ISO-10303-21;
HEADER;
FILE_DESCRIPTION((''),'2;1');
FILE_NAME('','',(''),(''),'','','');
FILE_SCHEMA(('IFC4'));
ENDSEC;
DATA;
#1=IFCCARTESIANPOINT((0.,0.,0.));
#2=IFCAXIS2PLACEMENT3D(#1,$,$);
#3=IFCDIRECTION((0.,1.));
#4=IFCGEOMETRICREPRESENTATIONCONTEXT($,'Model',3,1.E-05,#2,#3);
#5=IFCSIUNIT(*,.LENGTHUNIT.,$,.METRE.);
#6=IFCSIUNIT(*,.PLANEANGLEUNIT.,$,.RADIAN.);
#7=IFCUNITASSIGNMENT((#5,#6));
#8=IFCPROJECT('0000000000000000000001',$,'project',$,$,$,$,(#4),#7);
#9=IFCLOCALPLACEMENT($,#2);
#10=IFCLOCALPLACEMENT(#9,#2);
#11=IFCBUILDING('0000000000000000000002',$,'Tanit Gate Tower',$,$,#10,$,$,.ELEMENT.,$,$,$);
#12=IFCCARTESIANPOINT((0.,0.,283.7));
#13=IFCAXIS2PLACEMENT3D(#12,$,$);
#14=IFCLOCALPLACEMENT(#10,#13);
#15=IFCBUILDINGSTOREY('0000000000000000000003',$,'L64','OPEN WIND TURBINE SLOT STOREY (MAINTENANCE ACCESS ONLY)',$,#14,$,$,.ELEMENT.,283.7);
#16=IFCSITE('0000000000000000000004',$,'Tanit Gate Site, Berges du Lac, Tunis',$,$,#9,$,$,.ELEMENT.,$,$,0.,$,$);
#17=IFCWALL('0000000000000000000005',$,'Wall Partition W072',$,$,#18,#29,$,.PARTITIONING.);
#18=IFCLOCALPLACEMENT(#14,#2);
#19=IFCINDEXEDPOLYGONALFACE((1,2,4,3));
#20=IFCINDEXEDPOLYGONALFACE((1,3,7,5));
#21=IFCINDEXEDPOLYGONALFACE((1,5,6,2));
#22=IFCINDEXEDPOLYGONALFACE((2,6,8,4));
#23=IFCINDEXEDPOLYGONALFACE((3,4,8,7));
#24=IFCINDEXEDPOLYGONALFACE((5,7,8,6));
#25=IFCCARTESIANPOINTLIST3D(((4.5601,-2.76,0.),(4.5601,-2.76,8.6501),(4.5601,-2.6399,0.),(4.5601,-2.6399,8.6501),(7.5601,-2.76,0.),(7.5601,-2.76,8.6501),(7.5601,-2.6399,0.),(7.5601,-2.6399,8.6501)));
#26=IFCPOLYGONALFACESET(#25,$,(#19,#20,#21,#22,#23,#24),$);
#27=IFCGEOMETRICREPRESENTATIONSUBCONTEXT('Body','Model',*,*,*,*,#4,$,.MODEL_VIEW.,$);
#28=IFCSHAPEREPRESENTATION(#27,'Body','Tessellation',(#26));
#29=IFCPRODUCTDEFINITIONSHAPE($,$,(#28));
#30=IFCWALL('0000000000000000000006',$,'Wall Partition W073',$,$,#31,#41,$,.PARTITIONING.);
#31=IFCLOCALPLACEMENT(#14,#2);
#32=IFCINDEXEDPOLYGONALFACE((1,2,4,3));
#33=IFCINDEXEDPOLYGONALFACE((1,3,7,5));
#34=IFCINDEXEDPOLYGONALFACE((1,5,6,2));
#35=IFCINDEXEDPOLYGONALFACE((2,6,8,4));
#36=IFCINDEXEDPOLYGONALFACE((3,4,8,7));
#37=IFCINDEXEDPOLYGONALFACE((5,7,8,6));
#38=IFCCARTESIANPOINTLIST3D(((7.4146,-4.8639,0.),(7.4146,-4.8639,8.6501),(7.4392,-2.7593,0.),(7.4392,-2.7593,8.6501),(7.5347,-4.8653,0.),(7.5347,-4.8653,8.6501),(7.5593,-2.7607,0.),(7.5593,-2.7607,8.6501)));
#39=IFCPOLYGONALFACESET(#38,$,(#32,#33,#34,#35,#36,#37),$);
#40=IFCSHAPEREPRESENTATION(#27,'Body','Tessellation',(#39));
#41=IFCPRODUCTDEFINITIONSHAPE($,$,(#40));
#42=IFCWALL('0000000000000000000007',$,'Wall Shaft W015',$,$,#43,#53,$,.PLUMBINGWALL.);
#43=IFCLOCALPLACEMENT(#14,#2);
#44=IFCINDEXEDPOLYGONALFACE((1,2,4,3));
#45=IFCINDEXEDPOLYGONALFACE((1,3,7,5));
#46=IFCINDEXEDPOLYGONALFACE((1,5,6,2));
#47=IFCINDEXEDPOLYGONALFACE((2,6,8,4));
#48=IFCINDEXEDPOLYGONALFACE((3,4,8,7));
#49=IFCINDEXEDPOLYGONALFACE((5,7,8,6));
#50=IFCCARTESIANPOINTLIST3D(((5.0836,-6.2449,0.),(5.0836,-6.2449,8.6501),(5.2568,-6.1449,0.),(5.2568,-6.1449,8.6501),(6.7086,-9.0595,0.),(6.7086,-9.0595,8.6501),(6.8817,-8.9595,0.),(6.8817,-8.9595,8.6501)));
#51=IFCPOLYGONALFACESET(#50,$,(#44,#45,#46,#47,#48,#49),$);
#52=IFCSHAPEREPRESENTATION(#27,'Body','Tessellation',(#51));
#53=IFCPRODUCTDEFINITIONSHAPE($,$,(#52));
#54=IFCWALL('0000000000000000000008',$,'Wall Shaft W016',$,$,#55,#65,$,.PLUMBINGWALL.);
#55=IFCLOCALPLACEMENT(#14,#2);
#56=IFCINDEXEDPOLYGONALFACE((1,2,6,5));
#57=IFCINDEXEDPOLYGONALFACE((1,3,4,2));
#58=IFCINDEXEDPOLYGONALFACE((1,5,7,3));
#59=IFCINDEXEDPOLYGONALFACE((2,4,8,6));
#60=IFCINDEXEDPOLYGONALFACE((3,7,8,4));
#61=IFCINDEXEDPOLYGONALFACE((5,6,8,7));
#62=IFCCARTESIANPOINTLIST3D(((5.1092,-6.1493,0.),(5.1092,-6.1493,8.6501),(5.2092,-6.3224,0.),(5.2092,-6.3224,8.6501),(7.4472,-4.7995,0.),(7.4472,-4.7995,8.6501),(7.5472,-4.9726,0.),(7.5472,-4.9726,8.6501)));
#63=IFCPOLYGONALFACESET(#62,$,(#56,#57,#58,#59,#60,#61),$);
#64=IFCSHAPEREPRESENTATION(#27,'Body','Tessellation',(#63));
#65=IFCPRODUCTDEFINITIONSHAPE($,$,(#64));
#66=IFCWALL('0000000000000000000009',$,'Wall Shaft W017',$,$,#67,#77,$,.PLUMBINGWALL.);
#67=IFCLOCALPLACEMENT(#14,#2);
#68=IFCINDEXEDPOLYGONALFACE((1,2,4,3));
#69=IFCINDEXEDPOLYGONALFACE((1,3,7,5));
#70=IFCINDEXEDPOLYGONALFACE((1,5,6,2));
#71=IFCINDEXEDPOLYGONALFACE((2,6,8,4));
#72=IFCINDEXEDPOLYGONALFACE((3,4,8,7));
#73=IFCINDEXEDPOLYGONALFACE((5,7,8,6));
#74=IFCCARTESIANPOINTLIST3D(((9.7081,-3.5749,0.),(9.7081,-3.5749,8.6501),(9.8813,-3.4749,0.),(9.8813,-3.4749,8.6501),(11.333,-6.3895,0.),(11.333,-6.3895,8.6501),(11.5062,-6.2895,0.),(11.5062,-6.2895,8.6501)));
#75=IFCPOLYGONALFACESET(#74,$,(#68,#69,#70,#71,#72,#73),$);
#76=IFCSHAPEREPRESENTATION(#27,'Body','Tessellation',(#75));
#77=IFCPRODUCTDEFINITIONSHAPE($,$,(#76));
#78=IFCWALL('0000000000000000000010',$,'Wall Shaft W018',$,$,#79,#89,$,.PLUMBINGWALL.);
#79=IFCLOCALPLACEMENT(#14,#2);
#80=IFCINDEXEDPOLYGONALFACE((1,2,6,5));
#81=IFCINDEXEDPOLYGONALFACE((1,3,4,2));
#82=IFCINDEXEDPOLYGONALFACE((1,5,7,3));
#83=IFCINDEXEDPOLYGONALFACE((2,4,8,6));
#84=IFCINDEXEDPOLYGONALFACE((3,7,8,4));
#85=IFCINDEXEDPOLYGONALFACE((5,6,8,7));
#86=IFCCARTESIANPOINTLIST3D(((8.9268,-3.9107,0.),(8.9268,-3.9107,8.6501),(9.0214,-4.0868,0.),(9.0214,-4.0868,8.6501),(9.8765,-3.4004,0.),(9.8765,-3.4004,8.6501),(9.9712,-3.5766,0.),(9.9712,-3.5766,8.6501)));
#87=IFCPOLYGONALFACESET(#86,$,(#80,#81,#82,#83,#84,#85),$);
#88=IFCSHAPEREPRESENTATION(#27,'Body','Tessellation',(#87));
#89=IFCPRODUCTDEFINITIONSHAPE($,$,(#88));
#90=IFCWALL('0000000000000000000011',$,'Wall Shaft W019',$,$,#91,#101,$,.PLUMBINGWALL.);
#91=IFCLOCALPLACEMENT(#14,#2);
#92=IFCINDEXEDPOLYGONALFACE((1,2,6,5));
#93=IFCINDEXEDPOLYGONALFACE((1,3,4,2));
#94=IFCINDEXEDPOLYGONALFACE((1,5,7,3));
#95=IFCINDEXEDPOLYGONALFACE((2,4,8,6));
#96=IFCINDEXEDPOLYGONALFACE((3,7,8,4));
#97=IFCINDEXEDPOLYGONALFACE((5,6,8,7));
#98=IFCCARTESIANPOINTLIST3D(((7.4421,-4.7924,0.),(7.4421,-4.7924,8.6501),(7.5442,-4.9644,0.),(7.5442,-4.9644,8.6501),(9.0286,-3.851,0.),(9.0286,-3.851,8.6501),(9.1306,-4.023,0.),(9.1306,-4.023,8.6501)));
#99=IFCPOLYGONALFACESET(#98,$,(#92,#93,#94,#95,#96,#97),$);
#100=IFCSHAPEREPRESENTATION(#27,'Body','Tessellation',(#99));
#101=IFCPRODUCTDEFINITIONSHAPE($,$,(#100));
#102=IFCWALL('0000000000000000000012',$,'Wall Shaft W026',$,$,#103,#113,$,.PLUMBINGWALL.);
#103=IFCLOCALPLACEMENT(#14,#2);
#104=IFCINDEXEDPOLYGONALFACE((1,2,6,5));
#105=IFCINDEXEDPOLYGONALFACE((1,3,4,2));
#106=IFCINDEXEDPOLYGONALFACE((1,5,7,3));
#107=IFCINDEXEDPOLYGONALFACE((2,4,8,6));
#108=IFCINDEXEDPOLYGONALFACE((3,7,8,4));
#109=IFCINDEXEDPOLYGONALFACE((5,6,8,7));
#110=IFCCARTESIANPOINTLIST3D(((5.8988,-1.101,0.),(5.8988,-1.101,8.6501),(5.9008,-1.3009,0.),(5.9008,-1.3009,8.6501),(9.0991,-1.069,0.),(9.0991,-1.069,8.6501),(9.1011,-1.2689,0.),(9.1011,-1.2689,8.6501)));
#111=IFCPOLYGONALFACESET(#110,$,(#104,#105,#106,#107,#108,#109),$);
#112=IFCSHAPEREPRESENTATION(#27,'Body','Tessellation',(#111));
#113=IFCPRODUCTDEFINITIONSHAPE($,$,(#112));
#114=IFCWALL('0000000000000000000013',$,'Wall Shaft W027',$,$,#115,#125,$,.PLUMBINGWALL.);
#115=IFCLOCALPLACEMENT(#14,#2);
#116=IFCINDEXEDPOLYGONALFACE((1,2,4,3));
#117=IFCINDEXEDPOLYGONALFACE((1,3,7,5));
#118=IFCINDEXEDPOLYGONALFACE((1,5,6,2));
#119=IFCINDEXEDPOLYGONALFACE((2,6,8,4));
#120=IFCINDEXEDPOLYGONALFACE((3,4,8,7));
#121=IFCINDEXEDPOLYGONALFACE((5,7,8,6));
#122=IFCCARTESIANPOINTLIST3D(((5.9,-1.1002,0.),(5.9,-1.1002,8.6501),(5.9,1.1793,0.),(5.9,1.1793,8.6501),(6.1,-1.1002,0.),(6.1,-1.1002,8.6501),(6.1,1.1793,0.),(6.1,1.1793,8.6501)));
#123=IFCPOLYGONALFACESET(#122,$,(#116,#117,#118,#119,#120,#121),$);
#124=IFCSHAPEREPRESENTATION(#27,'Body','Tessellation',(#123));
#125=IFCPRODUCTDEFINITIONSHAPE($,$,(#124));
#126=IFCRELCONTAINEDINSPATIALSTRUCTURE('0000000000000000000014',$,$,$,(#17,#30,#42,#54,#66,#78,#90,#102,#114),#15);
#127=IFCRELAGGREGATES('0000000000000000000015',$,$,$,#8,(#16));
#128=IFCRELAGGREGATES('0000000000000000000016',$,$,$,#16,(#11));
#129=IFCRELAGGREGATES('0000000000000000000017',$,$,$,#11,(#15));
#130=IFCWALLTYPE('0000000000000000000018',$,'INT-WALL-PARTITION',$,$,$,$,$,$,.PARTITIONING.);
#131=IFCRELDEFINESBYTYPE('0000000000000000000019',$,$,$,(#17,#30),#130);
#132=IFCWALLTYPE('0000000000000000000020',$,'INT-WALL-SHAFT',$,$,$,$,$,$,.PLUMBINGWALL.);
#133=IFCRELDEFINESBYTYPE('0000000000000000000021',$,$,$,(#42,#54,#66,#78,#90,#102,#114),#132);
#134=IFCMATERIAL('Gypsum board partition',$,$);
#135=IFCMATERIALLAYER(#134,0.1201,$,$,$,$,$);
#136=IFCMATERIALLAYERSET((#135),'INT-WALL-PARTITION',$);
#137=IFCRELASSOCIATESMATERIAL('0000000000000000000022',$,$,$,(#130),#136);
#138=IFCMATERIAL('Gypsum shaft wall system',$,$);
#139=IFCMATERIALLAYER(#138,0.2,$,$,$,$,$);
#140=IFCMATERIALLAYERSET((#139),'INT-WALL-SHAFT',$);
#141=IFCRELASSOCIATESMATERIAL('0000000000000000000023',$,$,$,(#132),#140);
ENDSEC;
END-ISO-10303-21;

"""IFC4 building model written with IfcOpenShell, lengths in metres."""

from ifc_helpers import new_model, si_unit, direction, frame, frame_2d, origin, place, context, subcontext, project, spatial, rectangle, extrude, material, layer, layer_set, type_object, element, save


model = new_model("IFC4")

# Units and contexts
model_context = context("Model", 3, precision=1e-05, world=origin(), true_north=direction((0.0, 1.0)))
body_context = subcontext(model_context, "Body", "Model", "MODEL_VIEW")
ifc_project = project(units=[si_unit("LENGTHUNIT", "METRE"), si_unit("PLANEANGLEUNIT", "RADIAN")], contexts=[model_context])

# Site, building, storey
site_placement = place(None, origin())
site = spatial("IfcSite", under=ifc_project, at=site_placement, Name="Tanit Gate Site, Berges du Lac, Tunis", CompositionType="ELEMENT", RefElevation=0.0)
building_placement = place(site_placement, origin())
building = spatial("IfcBuilding", under=site, at=building_placement, Name="Tanit Gate Tower", CompositionType="ELEMENT")
storey_placement = place(building_placement, frame((0.0, 0.0, 283.7)))
storey = spatial("IfcBuildingStorey", under=building, at=storey_placement, Name="L64", Description="OPEN WIND TURBINE SLOT STOREY (MAINTENANCE ACCESS ONLY)", CompositionType="ELEMENT", Elevation=283.7)

# Shared definitions
ifc_material_1 = material(Name="Gypsum board partition")
ifc_layer_1 = layer(ifc_material_1, 0.1201)
ifc_layer_set_1 = layer_set([ifc_layer_1], Name="INT-WALL-PARTITION")
wall_type_1 = type_object("IfcWallType", Name="INT-WALL-PARTITION", PredefinedType="PARTITIONING", material=ifc_layer_set_1)

# Walls
wall_1_placement = place(storey_placement, frame((7.5601, -2.7, 0.0), z_axis=(0.0, 0.0, 1.0), x_axis=(-1.0, 0.0, 0.0)))
element("IfcWall", 1, at=wall_1_placement, inside=storey, type_object=wall_type_1, Name="Wall Partition W072", PredefinedType="PARTITIONING", context=body_context, shape_type="SweptSolid", body=[
    extrude(rectangle(XDim=3.0, YDim=0.1201, at=frame_2d((1.5, 0.0))), origin(), (0.0, 0.0, 1.0), 8.6501),
])
wall_2_placement = place(storey_placement, frame((7.4746, -4.8645, 0.0), z_axis=(0.0, 0.0, 1.0), x_axis=(0.011716, 0.999931, 0.0)))
element("IfcWall", 2, at=wall_2_placement, inside=storey, type_object=wall_type_1, Name="Wall Partition W073", PredefinedType="PARTITIONING", context=body_context, shape_type="SweptSolid", body=[
    extrude(rectangle(XDim=2.1047, YDim=0.1201, at=frame_2d((1.0522, 0.0))), origin(), (0.0, 0.0, 1.0), 8.6501),
])
ifc_material_2 = material(Name="Gypsum shaft wall system")
ifc_layer_2 = layer(ifc_material_2, 0.2)
ifc_layer_set_2 = layer_set([ifc_layer_2], Name="INT-WALL-SHAFT")
wall_type_2 = type_object("IfcWallType", Name="INT-WALL-SHAFT", PredefinedType="PLUMBINGWALL", material=ifc_layer_set_2)
wall_3_placement = place(storey_placement, frame((6.7952, -9.0095, 0.0), z_axis=(0.0, 0.0, 1.0), x_axis=(-0.499985, 0.866034, 0.0)))
element("IfcWall", 3, at=wall_3_placement, inside=storey, type_object=wall_type_2, Name="Wall Shaft W015", PredefinedType="PLUMBINGWALL", context=body_context, shape_type="SweptSolid", body=[
    extrude(rectangle(XDim=3.25, YDim=0.2, at=frame_2d((1.625, 0.0))), origin(), (0.0, 0.0, 1.0), 8.6501),
])
wall_4_placement = place(storey_placement, frame((5.1592, -6.2358, 0.0), z_axis=(0.0, 0.0, 1.0), x_axis=(0.866037, 0.499981, 0.0)))
element("IfcWall", 4, at=wall_4_placement, inside=storey, type_object=wall_type_2, Name="Wall Shaft W016", PredefinedType="PLUMBINGWALL", context=body_context, shape_type="SweptSolid", body=[
    extrude(rectangle(XDim=2.6997, YDim=0.2, at=frame_2d((1.3499, 0.0))), origin(), (0.0, 0.0, 1.0), 8.6501),
])
wall_5_placement = place(storey_placement, frame((9.7947, -3.5249, 0.0), z_axis=(0.0, 0.0, 1.0), x_axis=(0.499985, -0.866034, 0.0)))
element("IfcWall", 5, at=wall_5_placement, inside=storey, type_object=wall_type_2, Name="Wall Shaft W017", PredefinedType="PLUMBINGWALL", context=body_context, shape_type="SweptSolid", body=[
    extrude(rectangle(XDim=3.25, YDim=0.2, at=frame_2d((1.625, 0.0))), origin(), (0.0, 0.0, 1.0), 8.6501),
])
wall_6_placement = place(storey_placement, frame((8.9741, -3.9988, 0.0), z_axis=(0.0, 0.0, 1.0), x_axis=(0.880907, 0.473289, 0.0)))
element("IfcWall", 6, at=wall_6_placement, inside=storey, type_object=wall_type_2, Name="Wall Shaft W018", PredefinedType="PLUMBINGWALL", context=body_context, shape_type="SweptSolid", body=[
    extrude(rectangle(XDim=1.0781, YDim=0.2, at=frame_2d((0.5391, 0.0))), origin(), (0.0, 0.0, 1.0), 8.6501),
])
wall_7_placement = place(storey_placement, frame((7.4932, -4.8784, 0.0), z_axis=(0.0, 0.0, 1.0), x_axis=(0.859982, 0.510325, 0.0)))
element("IfcWall", 7, at=wall_7_placement, inside=storey, type_object=wall_type_2, Name="Wall Shaft W019", PredefinedType="PLUMBINGWALL", context=body_context, shape_type="SweptSolid", body=[
    extrude(rectangle(XDim=1.8447, YDim=0.2, at=frame_2d((0.9224, 0.0))), origin(), (0.0, 0.0, 1.0), 8.6501),
])
wall_8_placement = place(storey_placement, frame((5.8999, -1.2009, 0.0), z_axis=(0.0, 0.0, 1.0), x_axis=(0.99995, 0.009993, 0.0)))
element("IfcWall", 8, at=wall_8_placement, inside=storey, type_object=wall_type_2, Name="Wall Shaft W026", PredefinedType="PLUMBINGWALL", context=body_context, shape_type="SweptSolid", body=[
    extrude(rectangle(XDim=3.2004, YDim=0.2, at=frame_2d((1.6001, 0.0))), origin(), (0.0, 0.0, 1.0), 8.6501),
])
wall_9_placement = place(storey_placement, frame((6.0, -1.1001, 0.0), z_axis=(0.0, 0.0, 1.0), x_axis=(0.0, 1.0, 0.0)))
element("IfcWall", 9, at=wall_9_placement, inside=storey, type_object=wall_type_2, Name="Wall Shaft W027", PredefinedType="PLUMBINGWALL", context=body_context, shape_type="SweptSolid", body=[
    extrude(rectangle(XDim=2.2795, YDim=0.2, at=frame_2d((1.1396, 0.0))), origin(), (0.0, 0.0, 1.0), 8.6501),
])

save(model, "model.ifc")
